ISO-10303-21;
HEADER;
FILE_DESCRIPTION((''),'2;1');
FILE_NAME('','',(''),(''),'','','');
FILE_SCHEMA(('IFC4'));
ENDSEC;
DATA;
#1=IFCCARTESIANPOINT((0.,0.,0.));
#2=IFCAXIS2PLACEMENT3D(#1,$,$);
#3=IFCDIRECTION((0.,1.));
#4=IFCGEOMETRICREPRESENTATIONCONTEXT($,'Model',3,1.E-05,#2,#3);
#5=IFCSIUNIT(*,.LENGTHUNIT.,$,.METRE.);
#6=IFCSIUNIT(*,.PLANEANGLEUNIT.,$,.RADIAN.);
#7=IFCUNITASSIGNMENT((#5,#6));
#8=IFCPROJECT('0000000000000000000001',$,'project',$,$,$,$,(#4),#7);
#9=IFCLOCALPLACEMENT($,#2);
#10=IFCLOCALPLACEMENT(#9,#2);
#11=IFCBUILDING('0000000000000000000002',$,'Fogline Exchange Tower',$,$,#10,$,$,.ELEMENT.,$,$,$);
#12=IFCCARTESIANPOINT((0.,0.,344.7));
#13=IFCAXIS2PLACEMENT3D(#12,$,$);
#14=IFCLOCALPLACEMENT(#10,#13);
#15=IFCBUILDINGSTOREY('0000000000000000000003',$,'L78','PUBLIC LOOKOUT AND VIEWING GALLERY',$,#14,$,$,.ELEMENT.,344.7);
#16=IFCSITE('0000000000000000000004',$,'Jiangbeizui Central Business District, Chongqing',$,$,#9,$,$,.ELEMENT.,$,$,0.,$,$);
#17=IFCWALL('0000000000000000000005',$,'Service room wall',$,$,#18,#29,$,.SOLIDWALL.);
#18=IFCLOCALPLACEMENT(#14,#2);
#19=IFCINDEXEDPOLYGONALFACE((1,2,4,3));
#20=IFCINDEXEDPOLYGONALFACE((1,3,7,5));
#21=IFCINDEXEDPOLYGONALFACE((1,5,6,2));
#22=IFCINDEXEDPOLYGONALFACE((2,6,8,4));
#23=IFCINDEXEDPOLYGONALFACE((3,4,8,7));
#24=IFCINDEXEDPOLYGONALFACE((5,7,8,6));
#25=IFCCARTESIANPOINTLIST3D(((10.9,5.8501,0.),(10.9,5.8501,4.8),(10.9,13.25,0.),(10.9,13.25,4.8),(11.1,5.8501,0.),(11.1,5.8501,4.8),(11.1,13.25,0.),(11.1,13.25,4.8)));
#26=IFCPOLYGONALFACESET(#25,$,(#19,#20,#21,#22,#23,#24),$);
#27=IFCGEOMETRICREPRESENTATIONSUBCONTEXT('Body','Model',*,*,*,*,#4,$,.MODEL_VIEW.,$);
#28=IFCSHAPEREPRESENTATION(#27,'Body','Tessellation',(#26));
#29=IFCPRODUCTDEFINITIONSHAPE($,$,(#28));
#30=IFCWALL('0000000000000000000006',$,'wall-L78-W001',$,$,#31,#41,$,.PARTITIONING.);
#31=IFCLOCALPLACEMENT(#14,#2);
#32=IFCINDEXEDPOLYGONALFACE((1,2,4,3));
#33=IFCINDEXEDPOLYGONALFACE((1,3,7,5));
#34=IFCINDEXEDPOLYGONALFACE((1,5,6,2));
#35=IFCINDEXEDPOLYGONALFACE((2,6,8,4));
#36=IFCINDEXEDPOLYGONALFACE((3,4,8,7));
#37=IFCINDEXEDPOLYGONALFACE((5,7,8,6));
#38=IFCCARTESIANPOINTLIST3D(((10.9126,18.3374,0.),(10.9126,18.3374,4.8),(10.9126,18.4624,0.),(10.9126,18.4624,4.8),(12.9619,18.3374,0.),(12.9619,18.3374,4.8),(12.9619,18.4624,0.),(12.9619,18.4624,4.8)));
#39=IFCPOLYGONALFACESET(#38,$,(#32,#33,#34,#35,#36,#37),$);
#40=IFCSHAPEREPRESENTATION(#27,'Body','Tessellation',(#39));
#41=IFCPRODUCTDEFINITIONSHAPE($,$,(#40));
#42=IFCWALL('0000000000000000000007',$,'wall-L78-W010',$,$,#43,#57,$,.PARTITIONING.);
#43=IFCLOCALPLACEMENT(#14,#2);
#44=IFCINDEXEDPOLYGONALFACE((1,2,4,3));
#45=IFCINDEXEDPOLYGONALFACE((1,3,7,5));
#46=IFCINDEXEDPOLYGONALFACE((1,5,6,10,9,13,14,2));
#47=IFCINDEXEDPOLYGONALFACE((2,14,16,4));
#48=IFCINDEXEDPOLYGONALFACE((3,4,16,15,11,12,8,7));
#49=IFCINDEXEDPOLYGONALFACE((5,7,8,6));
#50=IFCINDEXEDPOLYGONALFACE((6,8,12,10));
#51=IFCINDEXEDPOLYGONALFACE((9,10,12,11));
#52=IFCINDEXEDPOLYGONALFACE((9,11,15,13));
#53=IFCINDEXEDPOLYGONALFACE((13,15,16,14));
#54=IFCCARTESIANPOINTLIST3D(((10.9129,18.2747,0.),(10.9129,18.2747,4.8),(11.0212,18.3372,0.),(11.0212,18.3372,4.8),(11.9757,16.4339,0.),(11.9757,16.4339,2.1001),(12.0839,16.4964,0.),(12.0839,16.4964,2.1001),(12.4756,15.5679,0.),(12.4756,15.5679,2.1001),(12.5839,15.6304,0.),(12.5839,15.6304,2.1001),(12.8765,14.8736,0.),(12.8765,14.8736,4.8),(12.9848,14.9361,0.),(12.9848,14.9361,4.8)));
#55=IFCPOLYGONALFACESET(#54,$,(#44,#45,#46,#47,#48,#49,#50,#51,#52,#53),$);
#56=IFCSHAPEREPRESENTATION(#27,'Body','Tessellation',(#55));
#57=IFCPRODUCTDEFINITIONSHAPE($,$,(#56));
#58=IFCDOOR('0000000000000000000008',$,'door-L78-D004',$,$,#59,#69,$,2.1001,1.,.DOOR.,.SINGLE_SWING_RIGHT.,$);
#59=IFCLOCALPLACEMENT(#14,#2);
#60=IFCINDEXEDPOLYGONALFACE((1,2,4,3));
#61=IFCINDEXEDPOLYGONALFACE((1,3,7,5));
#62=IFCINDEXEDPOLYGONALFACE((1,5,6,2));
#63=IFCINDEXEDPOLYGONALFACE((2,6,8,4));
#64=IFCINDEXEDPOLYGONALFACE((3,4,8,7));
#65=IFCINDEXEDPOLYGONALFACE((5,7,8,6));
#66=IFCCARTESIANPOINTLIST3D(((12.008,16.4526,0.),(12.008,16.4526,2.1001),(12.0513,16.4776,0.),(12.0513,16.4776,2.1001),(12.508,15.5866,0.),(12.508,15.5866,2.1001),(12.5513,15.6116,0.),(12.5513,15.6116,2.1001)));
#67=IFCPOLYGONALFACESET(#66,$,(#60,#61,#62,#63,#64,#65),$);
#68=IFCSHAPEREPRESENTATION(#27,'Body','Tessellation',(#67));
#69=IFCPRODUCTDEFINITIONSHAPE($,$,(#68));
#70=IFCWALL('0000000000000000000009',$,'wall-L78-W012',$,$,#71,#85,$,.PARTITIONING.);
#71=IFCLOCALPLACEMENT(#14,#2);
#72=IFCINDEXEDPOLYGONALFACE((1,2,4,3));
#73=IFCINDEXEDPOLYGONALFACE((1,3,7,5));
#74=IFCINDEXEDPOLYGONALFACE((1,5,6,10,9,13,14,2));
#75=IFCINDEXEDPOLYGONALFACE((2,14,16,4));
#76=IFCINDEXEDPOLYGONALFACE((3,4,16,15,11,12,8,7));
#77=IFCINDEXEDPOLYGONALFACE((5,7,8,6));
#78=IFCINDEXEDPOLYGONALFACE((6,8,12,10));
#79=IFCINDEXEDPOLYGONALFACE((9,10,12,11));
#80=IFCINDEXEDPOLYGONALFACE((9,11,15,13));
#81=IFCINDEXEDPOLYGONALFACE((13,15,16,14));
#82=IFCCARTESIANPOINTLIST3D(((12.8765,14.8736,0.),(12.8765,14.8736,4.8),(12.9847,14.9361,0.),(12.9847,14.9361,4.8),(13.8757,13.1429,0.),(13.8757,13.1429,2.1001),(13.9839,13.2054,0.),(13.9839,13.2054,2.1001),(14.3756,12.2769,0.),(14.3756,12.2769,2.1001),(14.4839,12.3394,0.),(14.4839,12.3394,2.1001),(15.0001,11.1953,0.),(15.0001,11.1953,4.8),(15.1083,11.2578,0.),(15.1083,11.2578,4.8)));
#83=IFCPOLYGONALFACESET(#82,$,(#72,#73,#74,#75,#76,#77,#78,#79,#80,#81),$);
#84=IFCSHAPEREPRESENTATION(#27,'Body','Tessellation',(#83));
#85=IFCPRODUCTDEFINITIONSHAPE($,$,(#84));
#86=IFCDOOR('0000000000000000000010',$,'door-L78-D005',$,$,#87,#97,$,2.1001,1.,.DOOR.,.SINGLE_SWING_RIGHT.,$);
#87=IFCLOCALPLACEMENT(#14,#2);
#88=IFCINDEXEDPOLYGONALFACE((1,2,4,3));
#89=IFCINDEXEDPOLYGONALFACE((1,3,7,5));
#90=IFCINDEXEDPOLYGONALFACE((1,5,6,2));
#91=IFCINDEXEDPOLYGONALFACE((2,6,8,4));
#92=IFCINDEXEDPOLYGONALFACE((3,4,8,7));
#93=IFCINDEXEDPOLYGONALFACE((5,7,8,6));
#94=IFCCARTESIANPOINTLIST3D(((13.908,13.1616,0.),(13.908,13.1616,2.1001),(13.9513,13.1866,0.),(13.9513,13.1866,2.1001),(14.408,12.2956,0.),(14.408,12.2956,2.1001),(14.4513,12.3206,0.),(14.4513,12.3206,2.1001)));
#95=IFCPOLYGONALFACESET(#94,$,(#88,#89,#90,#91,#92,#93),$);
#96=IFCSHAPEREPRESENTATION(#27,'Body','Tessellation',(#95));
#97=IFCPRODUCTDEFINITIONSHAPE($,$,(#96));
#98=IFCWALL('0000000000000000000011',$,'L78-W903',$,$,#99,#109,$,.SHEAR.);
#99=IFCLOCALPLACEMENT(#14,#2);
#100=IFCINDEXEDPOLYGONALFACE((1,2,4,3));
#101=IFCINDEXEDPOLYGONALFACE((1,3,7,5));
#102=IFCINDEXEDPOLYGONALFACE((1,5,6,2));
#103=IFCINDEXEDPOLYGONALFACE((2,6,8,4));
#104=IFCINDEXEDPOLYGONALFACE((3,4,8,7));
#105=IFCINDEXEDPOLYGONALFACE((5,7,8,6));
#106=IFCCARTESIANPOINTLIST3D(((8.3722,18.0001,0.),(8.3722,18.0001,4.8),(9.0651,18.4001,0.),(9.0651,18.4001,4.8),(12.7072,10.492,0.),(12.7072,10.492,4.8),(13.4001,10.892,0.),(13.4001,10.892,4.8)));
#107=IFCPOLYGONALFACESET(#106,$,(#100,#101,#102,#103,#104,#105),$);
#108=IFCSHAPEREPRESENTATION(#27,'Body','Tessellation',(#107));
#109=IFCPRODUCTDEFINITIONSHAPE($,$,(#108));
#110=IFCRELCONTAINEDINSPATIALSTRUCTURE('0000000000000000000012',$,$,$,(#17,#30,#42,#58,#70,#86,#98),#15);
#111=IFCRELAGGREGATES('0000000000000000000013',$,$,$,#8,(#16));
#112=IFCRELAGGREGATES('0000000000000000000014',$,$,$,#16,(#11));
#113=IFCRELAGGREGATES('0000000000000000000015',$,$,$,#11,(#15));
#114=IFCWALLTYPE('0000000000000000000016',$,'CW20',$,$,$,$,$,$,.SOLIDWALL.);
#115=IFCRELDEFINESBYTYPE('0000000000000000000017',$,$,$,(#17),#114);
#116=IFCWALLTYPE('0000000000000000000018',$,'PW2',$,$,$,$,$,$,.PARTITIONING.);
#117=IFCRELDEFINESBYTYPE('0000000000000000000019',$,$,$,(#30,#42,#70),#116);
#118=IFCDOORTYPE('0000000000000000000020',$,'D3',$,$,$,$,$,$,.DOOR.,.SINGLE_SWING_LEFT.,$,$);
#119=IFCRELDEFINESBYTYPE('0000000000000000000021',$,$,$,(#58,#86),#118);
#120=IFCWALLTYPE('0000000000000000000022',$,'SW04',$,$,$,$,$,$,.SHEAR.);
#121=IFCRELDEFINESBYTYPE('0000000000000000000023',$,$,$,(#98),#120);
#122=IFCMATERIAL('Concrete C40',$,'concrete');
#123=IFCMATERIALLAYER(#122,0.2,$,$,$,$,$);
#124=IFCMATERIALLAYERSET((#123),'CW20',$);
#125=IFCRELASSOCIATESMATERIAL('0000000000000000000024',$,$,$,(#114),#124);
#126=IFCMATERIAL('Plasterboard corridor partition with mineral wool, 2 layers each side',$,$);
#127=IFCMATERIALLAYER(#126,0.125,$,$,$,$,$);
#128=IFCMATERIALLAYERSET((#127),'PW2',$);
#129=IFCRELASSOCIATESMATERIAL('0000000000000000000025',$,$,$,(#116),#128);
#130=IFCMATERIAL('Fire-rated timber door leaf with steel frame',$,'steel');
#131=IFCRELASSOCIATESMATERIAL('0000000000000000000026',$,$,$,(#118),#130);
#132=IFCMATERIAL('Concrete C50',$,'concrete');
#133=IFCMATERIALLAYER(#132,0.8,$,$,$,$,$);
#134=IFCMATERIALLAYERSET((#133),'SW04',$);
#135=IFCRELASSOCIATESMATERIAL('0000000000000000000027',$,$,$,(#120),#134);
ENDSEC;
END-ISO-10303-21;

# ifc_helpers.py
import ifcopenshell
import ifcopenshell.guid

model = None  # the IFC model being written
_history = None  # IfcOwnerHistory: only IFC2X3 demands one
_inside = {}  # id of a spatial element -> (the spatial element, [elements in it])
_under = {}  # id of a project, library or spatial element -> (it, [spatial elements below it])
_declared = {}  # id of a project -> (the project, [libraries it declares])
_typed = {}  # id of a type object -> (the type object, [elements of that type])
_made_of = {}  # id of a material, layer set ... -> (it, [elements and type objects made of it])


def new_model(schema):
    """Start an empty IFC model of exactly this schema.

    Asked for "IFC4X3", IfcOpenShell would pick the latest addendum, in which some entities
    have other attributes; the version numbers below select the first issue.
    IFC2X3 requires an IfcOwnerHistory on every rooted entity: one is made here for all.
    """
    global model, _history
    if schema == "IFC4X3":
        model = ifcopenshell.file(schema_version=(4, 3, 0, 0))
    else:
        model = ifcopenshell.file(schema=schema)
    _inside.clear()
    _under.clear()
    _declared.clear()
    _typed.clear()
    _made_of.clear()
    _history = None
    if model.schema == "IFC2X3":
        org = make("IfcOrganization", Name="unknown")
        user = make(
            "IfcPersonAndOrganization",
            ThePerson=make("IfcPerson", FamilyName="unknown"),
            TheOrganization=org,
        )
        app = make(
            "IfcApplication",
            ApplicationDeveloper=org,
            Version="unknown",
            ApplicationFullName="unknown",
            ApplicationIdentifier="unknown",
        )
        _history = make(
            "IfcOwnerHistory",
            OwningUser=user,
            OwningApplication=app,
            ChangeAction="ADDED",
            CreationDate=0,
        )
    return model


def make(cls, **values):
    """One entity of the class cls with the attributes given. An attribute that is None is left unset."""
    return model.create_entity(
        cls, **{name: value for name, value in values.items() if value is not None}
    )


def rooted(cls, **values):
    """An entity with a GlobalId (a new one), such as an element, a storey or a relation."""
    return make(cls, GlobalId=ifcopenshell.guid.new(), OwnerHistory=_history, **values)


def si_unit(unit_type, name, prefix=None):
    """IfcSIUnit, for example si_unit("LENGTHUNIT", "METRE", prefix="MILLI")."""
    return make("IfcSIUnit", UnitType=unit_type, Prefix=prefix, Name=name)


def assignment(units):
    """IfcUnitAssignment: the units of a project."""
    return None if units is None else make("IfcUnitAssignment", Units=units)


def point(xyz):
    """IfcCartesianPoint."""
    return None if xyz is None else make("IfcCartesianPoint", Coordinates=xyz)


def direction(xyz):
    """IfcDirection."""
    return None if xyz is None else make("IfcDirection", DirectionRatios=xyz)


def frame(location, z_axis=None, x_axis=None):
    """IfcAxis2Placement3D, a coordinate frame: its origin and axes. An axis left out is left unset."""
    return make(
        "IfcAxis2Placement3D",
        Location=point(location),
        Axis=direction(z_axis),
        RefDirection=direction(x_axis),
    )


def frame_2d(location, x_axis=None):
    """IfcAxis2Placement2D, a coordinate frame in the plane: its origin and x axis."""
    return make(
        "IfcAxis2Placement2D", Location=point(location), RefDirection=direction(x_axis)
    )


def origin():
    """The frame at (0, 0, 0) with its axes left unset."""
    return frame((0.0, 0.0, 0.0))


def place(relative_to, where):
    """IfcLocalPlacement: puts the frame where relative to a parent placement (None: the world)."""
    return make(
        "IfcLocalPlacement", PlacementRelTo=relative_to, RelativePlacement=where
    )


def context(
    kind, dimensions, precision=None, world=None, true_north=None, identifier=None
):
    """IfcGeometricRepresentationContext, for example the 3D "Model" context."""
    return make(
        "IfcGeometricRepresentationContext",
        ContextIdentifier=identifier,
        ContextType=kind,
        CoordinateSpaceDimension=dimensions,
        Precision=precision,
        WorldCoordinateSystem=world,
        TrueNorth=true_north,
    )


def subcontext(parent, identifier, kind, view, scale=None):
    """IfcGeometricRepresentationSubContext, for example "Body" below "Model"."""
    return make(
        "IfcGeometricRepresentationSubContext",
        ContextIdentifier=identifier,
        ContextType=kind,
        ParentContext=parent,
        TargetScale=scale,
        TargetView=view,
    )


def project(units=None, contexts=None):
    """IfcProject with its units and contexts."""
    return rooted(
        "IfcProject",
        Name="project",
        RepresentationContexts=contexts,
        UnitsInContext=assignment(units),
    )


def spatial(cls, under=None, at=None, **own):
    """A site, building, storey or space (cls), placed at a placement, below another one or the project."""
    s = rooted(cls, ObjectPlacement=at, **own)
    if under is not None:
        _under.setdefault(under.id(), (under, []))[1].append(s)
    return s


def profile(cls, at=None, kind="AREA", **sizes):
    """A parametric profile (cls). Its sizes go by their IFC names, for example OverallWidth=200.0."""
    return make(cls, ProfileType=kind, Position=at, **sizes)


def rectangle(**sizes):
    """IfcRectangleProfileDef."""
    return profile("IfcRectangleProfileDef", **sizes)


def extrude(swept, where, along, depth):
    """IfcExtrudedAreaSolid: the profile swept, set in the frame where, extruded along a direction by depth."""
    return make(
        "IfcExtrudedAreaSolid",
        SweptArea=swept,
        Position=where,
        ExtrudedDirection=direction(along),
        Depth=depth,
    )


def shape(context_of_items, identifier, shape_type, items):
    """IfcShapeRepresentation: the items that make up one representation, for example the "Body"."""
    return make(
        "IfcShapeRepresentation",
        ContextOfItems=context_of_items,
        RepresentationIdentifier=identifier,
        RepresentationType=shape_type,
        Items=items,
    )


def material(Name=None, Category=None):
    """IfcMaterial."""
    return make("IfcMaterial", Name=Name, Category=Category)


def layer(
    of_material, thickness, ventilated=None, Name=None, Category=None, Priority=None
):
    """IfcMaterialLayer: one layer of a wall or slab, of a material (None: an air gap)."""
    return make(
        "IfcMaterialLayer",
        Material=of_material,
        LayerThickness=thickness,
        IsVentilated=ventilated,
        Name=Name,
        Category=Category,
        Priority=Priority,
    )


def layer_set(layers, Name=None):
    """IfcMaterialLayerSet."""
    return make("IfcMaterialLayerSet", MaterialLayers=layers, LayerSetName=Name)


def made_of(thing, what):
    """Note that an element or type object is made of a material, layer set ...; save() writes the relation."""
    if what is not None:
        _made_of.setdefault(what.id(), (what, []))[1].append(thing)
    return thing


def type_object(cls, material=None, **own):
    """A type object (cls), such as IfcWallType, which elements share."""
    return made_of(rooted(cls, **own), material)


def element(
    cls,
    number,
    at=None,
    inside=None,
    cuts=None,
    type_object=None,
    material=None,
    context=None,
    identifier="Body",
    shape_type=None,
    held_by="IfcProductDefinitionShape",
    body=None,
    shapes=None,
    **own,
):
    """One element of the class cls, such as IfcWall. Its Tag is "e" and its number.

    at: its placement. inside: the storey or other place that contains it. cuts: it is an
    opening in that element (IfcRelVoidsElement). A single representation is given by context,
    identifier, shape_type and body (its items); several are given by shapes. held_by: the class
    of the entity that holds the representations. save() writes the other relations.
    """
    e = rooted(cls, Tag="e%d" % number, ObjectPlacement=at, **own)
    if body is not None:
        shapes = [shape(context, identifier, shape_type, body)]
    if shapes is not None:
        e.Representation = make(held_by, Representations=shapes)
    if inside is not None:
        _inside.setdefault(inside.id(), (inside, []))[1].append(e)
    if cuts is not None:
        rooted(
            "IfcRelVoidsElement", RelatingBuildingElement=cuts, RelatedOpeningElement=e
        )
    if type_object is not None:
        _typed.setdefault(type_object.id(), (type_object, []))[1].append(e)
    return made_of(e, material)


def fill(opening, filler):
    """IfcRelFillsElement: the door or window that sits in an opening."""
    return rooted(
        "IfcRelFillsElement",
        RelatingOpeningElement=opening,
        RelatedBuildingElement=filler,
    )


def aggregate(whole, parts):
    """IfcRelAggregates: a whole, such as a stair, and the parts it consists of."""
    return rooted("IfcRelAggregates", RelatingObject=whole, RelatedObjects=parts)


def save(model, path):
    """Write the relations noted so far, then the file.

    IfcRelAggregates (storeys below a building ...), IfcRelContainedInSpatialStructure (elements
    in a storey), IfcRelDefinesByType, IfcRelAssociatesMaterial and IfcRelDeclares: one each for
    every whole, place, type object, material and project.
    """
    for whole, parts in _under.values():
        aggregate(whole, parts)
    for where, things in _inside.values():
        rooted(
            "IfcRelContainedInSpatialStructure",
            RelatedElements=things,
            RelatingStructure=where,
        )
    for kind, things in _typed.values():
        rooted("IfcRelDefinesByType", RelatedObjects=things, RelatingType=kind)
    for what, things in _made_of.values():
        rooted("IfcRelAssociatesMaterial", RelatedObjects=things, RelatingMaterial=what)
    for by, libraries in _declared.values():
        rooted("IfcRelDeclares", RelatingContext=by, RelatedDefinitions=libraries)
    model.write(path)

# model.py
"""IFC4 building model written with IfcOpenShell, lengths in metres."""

from ifc_helpers import new_model, si_unit, direction, frame, frame_2d, origin, place, context, subcontext, project, spatial, rectangle, extrude, material, layer, layer_set, type_object, element, fill, save


model = new_model("IFC4")

# Units and contexts
model_context = context("Model", 3, precision=1e-05, world=origin(), true_north=direction((0.0, 1.0)))
body_context = subcontext(model_context, "Body", "Model", "MODEL_VIEW")
ifc_project = project(units=[si_unit("LENGTHUNIT", "METRE"), si_unit("PLANEANGLEUNIT", "RADIAN")], contexts=[model_context])

# Site, building, storey
site_placement = place(None, origin())
site = spatial("IfcSite", under=ifc_project, at=site_placement, Name="Jiangbeizui Central Business District, Chongqing", CompositionType="ELEMENT", RefElevation=0.0)
building_placement = place(site_placement, origin())
building = spatial("IfcBuilding", under=site, at=building_placement, Name="Fogline Exchange Tower", CompositionType="ELEMENT")
storey_placement = place(building_placement, frame((0.0, 0.0, 344.7)))
storey = spatial("IfcBuildingStorey", under=building, at=storey_placement, Name="L78", Description="PUBLIC LOOKOUT AND VIEWING GALLERY", CompositionType="ELEMENT", Elevation=344.7)

# Shared definitions
ifc_material_1 = material(Name="Concrete C40", Category="concrete")

# Walls
ifc_layer_1 = layer(ifc_material_1, 0.2)
ifc_layer_set_1 = layer_set([ifc_layer_1], Name="CW20")
wall_type_1 = type_object("IfcWallType", Name="CW20", PredefinedType="SOLIDWALL", material=ifc_layer_set_1)
wall_1_placement = place(storey_placement, frame((11.0, 5.8501, 0.0), z_axis=(0.0, 0.0, 1.0), x_axis=(0.0, 1.0, 0.0)))
element("IfcWall", 1, at=wall_1_placement, inside=storey, type_object=wall_type_1, Name="Service room wall", PredefinedType="SOLIDWALL", context=body_context, shape_type="SweptSolid", body=[
    extrude(rectangle(XDim=7.3999, YDim=0.2, at=frame_2d((3.7, 0.0))), origin(), (0.0, 0.0, 1.0), 4.8),
])
ifc_material_2 = material(Name="Plasterboard corridor partition with mineral wool, 2 layers each side")
ifc_layer_2 = layer(ifc_material_2, 0.125)
ifc_layer_set_2 = layer_set([ifc_layer_2], Name="PW2")
wall_type_2 = type_object("IfcWallType", Name="PW2", PredefinedType="PARTITIONING", material=ifc_layer_set_2)
wall_2_placement = place(storey_placement, frame((12.9619, 18.3999, 0.0), z_axis=(0.0, 0.0, 1.0), x_axis=(-1.0, 0.0, 0.0)))
element("IfcWall", 2, at=wall_2_placement, inside=storey, type_object=wall_type_2, Name="wall-L78-W001", PredefinedType="PARTITIONING", context=body_context, shape_type="SweptSolid", body=[
    extrude(rectangle(XDim=2.0493, YDim=0.125, at=frame_2d((1.0247, 0.0))), origin(), (0.0, 0.0, 1.0), 4.8),
])

# Walls, openings, doors
wall_3_placement = place(storey_placement, frame((10.967, 18.3059, 0.0), z_axis=(0.0, 0.0, 1.0), x_axis=(0.499997, -0.866027, 0.0)))
wall_3 = element("IfcWall", 3, at=wall_3_placement, inside=storey, type_object=wall_type_2, Name="wall-L78-W010", PredefinedType="PARTITIONING", context=body_context, shape_type="SweptSolid", body=[
    extrude(rectangle(XDim=3.9272, YDim=0.125, at=frame_2d((1.9636, 0.0))), origin(), (0.0, 0.0, 1.0), 4.8),
])
opening_1_placement = place(wall_3_placement, frame((2.1255, 0.0, 0.0)))
opening_1 = element("IfcOpeningElement", 4, at=opening_1_placement, cuts=wall_3, PredefinedType="OPENING", context=body_context, shape_type="SweptSolid", body=[
    extrude(rectangle(XDim=1.0, YDim=2.1001, at=frame_2d((0.5, 1.05))), frame((0.0, 0.0725, 0.0), z_axis=(0.0, -1.0, 0.0), x_axis=(1.0, 0.0, 0.0)), (0.0, 0.0, 1.0), 0.145),
])
ifc_material_3 = material(Name="Fire-rated timber door leaf with steel frame", Category="steel")
door_type_1 = type_object("IfcDoorType", Name="D3", OperationType="SINGLE_SWING_LEFT", PredefinedType="DOOR", material=ifc_material_3)
door_1_placement = place(opening_1_placement, origin())
door_1 = element("IfcDoor", 5, at=door_1_placement, inside=storey, type_object=door_type_1, Name="door-L78-D004", OperationType="SINGLE_SWING_RIGHT", OverallHeight=2.1001, OverallWidth=1.0, PredefinedType="DOOR", context=body_context, shape_type="SweptSolid", body=[
    extrude(rectangle(XDim=1.0, YDim=2.1001, at=frame_2d((0.5, 1.05))), frame((0.0, 0.0249, 0.0), z_axis=(0.0, -1.0, 0.0), x_axis=(1.0, 0.0, 0.0)), (0.0, 0.0, 1.0), 0.05),
])
fill(opening_1, door_1)
wall_4_placement = place(storey_placement, frame((12.9307, 14.9048, 0.0), z_axis=(0.0, 0.0, 1.0), x_axis=(0.499985, -0.866034, 0.0)))
wall_4 = element("IfcWall", 6, at=wall_4_placement, inside=storey, type_object=wall_type_2, Name="wall-L78-W012", PredefinedType="PARTITIONING", context=body_context, shape_type="SweptSolid", body=[
    extrude(rectangle(XDim=4.2473, YDim=0.125, at=frame_2d((2.1235, 0.0))), origin(), (0.0, 0.0, 1.0), 4.8),
])
opening_2_placement = place(wall_4_placement, frame((1.9983, 0.0, 0.0)))
opening_2 = element("IfcOpeningElement", 7, at=opening_2_placement, cuts=wall_4, PredefinedType="OPENING", context=body_context, shape_type="SweptSolid", body=[
    extrude(rectangle(XDim=1.0, YDim=2.1001, at=frame_2d((0.5, 1.05))), frame((0.0, 0.0725, 0.0), z_axis=(0.0, -1.0, 0.0), x_axis=(1.0, 0.0, 0.0)), (0.0, 0.0, 1.0), 0.145),
])
door_2_placement = place(opening_2_placement, origin())
door_2 = element("IfcDoor", 8, at=door_2_placement, inside=storey, type_object=door_type_1, Name="door-L78-D005", OperationType="SINGLE_SWING_RIGHT", OverallHeight=2.1001, OverallWidth=1.0, PredefinedType="DOOR", context=body_context, shape_type="SweptSolid", body=[
    extrude(rectangle(XDim=1.0, YDim=2.1001, at=frame_2d((0.5, 1.05))), frame((0.0, 0.0249, 0.0), z_axis=(0.0, -1.0, 0.0), x_axis=(1.0, 0.0, 0.0)), (0.0, 0.0, 1.0), 0.05),
])
fill(opening_2, door_2)

# Wall
ifc_material_4 = material(Name="Concrete C50", Category="concrete")
ifc_layer_3 = layer(ifc_material_4, 0.8)
ifc_layer_set_3 = layer_set([ifc_layer_3], Name="SW04")
wall_type_3 = type_object("IfcWallType", Name="SW04", PredefinedType="SHEAR", material=ifc_layer_set_3)
wall_5_placement = place(storey_placement, frame((13.0537, 10.6919, 0.0), z_axis=(0.0, 0.0, 1.0), x_axis=(-0.500016, 0.866016, 0.0)))
element("IfcWall", 9, at=wall_5_placement, inside=storey, type_object=wall_type_3, Name="L78-W903", PredefinedType="SHEAR", context=body_context, shape_type="SweptSolid", body=[
    extrude(rectangle(XDim=8.6697, YDim=0.8, at=frame_2d((4.335, 0.0))), origin(), (0.0, 0.0, 1.0), 4.8),
])

save(model, "model.ifc")
